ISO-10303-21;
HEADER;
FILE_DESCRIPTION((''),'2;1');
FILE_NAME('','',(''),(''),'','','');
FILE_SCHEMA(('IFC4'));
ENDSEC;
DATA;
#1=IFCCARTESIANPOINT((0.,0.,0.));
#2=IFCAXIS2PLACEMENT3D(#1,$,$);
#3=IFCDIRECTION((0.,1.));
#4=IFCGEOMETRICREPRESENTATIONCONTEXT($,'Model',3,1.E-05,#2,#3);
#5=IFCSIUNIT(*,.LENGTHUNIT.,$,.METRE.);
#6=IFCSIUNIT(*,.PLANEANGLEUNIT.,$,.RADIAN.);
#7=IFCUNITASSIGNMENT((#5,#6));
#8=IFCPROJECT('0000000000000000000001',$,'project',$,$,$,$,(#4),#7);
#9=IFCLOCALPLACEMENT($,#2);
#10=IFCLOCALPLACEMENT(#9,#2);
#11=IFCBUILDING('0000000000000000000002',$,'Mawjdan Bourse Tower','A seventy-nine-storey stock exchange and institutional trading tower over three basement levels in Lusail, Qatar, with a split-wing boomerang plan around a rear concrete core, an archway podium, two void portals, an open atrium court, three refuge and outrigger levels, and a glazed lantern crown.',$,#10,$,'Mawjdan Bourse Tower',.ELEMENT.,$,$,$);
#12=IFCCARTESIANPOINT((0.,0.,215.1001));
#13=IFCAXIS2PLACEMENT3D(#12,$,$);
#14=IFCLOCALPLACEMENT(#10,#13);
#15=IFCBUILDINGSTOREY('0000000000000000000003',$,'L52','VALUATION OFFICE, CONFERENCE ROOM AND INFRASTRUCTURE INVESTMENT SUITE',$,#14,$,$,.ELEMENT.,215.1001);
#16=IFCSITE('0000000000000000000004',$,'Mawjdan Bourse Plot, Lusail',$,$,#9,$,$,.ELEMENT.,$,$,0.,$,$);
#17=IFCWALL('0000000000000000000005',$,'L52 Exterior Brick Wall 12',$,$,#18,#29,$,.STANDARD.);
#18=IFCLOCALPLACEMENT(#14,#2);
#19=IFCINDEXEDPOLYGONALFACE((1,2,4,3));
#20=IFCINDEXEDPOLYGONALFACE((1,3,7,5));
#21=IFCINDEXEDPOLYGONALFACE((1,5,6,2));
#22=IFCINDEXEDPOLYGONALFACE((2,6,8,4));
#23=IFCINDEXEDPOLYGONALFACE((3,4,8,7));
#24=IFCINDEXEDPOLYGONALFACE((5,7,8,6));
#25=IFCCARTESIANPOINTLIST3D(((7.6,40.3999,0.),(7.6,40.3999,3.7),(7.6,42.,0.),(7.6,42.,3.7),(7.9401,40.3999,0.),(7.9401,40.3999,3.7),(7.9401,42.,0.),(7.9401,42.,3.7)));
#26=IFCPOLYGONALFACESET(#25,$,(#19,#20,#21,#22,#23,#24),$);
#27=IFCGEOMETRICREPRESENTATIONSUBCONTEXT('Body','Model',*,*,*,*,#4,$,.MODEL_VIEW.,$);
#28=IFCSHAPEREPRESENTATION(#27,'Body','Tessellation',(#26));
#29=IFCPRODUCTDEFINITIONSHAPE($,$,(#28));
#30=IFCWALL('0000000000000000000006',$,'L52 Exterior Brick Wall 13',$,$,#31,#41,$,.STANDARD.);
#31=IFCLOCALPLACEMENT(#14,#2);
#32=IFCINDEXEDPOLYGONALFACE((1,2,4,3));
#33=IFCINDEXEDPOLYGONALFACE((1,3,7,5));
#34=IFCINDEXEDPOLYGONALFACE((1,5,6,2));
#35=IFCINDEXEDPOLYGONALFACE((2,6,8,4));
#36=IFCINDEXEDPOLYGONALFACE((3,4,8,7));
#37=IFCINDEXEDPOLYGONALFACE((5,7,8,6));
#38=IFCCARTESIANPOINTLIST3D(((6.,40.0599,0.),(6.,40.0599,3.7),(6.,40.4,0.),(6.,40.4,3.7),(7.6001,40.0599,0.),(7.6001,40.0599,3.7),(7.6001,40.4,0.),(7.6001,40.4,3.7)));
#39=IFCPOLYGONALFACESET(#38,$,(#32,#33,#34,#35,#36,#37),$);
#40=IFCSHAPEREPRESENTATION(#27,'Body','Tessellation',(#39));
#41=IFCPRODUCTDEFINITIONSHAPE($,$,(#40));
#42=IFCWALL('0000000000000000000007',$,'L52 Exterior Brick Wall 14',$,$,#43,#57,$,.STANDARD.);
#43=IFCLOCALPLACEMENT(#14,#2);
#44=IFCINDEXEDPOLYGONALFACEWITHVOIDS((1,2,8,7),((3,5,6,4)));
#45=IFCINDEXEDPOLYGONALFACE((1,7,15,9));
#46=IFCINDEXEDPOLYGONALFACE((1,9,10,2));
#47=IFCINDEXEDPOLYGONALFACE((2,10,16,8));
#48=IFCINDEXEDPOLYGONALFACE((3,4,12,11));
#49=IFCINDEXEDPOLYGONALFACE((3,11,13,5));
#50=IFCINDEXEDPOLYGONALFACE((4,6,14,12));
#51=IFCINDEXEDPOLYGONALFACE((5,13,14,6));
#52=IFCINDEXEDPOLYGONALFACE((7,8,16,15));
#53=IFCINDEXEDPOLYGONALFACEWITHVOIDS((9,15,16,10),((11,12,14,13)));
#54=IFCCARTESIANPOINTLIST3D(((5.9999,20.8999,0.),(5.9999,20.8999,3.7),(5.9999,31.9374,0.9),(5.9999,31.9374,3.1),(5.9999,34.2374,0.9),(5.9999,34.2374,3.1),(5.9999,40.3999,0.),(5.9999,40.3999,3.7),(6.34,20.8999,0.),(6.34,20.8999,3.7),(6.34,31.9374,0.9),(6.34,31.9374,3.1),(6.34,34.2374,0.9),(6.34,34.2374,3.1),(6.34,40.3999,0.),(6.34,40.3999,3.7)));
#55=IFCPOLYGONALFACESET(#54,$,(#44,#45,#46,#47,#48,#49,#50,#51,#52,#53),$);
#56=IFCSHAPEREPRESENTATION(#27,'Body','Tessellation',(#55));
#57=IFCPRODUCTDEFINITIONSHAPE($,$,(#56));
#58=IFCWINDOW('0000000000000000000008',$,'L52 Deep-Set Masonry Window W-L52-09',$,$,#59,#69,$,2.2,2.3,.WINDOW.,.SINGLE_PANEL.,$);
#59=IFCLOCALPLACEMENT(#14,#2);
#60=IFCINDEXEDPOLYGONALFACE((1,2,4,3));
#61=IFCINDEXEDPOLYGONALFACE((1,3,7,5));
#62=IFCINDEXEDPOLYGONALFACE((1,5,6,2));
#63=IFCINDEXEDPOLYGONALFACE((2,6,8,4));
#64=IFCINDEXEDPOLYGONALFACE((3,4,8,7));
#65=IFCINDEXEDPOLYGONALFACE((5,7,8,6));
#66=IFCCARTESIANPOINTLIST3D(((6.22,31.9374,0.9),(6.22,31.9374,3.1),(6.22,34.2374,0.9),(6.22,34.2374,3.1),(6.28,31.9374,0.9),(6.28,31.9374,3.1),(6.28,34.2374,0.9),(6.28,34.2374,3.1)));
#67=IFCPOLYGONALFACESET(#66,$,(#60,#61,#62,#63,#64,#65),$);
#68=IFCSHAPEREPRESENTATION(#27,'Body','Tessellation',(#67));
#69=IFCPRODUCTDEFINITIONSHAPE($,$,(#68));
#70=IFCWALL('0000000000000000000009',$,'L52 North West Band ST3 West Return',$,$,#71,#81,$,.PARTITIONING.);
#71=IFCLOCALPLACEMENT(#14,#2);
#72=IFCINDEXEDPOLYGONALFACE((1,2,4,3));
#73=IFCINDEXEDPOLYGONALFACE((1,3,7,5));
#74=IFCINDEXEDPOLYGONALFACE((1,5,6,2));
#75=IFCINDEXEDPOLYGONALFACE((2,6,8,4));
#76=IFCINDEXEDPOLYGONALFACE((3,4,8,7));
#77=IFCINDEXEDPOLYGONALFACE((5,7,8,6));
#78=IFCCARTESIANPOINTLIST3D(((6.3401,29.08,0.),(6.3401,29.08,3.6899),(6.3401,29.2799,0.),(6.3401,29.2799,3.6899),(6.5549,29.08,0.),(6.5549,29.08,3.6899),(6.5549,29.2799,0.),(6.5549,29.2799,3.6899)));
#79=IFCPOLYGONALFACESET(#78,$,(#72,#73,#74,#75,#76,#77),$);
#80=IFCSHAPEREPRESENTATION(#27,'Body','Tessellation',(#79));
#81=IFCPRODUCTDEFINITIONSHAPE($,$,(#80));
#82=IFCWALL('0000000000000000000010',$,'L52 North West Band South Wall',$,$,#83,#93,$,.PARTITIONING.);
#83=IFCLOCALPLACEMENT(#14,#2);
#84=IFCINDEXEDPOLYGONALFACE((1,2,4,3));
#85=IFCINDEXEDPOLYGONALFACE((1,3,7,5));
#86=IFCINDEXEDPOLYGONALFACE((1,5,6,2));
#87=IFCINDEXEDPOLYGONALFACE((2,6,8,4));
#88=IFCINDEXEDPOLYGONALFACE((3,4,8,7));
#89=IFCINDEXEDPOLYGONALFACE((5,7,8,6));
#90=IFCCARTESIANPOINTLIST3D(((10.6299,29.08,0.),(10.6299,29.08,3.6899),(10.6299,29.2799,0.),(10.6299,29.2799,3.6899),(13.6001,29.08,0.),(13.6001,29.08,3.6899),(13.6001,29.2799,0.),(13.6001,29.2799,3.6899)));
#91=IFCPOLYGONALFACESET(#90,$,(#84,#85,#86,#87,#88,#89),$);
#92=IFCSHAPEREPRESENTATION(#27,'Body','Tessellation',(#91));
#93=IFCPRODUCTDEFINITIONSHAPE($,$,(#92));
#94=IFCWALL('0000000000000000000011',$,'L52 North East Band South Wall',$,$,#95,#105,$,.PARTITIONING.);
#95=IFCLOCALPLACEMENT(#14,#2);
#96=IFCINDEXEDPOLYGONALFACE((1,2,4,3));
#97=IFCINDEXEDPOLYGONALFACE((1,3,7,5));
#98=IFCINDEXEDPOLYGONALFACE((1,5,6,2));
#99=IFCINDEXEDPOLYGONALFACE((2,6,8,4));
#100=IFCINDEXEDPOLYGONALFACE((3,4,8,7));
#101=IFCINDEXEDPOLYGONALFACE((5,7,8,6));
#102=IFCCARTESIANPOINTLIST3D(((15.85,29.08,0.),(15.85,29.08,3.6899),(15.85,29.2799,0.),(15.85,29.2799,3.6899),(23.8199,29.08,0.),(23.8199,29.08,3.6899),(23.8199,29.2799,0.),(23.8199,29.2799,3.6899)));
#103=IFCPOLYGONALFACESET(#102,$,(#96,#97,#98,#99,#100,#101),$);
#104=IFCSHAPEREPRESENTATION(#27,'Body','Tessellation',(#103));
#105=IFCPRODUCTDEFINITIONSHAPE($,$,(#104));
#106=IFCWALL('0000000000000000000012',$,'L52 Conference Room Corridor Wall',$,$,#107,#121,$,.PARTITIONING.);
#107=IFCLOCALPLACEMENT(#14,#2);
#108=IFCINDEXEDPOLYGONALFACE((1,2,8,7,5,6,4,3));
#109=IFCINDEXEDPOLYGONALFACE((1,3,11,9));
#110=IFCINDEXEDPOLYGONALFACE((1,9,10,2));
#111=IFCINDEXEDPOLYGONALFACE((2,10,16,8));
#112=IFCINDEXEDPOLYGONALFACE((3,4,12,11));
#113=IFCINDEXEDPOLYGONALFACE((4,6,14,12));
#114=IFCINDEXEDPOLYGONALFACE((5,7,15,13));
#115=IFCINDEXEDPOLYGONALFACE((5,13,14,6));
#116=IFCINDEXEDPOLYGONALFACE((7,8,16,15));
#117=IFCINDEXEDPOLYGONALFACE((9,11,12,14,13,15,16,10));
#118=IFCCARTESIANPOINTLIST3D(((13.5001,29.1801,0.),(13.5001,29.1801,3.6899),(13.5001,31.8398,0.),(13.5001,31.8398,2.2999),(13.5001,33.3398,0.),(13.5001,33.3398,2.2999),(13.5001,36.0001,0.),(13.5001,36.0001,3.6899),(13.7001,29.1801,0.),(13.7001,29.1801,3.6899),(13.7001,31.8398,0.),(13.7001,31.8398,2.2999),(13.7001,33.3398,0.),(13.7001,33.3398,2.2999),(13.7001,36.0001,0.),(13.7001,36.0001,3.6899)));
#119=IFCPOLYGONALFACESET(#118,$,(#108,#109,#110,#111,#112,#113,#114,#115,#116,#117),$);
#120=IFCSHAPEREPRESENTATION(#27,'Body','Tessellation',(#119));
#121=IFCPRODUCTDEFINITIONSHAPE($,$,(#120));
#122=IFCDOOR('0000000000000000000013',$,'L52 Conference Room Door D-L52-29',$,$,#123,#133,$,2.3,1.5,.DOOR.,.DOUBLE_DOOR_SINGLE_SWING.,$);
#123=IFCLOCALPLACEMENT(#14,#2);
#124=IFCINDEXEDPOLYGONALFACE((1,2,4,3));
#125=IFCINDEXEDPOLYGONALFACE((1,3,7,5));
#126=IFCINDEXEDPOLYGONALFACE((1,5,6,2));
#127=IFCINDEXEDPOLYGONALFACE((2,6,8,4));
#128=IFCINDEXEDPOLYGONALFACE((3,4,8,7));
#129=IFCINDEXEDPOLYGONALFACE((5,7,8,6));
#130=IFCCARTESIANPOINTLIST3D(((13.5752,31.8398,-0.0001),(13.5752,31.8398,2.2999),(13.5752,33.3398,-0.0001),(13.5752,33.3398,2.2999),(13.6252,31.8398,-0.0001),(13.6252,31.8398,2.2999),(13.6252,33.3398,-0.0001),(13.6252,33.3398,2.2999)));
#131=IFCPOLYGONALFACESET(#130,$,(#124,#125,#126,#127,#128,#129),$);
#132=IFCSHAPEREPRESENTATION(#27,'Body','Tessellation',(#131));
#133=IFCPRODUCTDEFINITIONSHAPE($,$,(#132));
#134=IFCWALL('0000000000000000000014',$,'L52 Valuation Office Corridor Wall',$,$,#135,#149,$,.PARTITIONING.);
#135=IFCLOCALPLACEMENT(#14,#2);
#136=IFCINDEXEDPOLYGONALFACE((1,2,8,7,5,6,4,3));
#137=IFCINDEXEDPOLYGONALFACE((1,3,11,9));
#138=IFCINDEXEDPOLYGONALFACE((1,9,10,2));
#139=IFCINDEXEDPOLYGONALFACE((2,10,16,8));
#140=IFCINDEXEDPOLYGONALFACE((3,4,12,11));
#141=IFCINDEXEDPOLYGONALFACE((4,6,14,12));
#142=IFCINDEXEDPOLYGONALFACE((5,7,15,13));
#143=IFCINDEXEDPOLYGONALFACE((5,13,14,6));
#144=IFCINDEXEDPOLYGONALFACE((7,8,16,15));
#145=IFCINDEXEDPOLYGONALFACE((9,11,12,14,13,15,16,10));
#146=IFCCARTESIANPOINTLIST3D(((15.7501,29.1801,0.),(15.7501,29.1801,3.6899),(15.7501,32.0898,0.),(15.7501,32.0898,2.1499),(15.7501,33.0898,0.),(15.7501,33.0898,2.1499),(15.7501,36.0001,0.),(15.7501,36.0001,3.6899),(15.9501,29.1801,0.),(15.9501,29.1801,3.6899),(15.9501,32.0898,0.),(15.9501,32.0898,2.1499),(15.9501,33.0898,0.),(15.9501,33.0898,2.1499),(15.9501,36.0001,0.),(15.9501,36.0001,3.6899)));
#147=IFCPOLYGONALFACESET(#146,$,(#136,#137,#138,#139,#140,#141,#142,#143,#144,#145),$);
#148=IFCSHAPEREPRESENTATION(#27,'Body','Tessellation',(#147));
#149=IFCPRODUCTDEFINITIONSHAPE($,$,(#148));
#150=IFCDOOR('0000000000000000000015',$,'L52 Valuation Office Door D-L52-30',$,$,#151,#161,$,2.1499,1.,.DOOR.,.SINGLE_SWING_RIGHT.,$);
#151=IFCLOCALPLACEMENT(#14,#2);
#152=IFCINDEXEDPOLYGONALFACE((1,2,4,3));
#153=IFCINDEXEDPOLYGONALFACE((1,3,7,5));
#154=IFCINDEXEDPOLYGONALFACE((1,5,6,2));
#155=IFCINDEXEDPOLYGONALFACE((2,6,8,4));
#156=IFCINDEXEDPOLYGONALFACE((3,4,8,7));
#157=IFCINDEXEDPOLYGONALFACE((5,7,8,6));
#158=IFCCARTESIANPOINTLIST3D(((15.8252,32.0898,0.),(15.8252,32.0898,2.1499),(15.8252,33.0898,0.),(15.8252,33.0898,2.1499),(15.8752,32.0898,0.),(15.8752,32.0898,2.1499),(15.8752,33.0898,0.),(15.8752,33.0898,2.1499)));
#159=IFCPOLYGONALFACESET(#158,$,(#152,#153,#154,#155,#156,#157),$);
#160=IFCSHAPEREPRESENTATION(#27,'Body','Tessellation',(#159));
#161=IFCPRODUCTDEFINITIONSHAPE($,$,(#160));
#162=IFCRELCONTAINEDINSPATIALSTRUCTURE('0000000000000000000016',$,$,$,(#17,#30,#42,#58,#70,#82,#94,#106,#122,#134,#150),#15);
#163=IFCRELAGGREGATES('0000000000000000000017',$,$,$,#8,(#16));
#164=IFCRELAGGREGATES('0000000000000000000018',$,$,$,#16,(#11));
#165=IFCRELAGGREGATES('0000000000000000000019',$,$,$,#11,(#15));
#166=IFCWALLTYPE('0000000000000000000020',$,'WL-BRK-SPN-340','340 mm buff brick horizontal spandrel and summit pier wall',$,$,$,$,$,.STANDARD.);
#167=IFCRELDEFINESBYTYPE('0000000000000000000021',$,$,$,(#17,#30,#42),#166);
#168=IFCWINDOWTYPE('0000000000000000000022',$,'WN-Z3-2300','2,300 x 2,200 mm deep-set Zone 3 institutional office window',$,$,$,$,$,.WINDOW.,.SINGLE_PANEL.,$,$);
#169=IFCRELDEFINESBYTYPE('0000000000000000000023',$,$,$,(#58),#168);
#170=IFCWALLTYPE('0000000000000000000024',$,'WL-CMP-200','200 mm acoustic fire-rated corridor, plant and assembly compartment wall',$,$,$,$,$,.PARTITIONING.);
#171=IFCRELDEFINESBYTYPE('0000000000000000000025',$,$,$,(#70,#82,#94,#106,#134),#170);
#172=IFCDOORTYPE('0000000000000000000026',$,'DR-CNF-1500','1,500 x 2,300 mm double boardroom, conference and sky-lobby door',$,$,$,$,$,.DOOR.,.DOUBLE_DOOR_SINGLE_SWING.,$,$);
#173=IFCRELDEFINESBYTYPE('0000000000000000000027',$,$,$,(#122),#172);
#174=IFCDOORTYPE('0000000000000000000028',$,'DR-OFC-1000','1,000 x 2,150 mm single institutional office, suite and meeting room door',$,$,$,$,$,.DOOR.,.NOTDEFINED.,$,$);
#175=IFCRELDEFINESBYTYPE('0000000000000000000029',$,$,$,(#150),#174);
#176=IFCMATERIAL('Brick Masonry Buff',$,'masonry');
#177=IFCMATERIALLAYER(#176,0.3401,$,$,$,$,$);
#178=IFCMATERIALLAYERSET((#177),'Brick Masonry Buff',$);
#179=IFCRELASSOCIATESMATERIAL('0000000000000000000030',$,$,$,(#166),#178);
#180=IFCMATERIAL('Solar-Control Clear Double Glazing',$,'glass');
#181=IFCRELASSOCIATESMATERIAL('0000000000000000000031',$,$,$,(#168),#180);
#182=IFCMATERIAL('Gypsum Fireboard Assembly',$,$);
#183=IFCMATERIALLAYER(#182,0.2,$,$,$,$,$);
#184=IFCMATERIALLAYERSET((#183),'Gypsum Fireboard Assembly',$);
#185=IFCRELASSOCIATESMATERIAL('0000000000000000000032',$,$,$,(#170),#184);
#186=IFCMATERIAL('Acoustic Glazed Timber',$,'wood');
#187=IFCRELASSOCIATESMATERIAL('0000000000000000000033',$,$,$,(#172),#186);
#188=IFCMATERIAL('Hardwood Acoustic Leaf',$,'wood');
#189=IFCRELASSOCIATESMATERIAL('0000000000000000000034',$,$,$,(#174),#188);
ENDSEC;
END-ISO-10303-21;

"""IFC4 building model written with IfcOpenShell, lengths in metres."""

from ifc_helpers import new_model, si_unit, direction, frame, frame_2d, origin, place, context, subcontext, project, spatial, rectangle, extrude, material, layer, layer_set, type_object, element, fill, save


model = new_model("IFC4")

# Units and contexts
model_context = context("Model", 3, precision=1e-05, world=origin(), true_north=direction((0.0, 1.0)))
body_context = subcontext(model_context, "Body", "Model", "MODEL_VIEW")
ifc_project = project(units=[si_unit("LENGTHUNIT", "METRE"), si_unit("PLANEANGLEUNIT", "RADIAN")], contexts=[model_context])

# Site, building, storey
site_placement = place(None, origin())
site = spatial("IfcSite", under=ifc_project, at=site_placement, Name="Mawjdan Bourse Plot, Lusail", CompositionType="ELEMENT", RefElevation=0.0)
building_placement = place(site_placement, origin())
building = spatial("IfcBuilding", under=site, at=building_placement, Name="Mawjdan Bourse Tower", Description="A seventy-nine-storey stock exchange and institutional trading tower over three basement levels in Lusail, Qatar, with a split-wing boomerang plan around a rear concrete core, an archway podium, two void portals, an open atrium court, three refuge and outrigger levels, and a glazed lantern crown.", LongName="Mawjdan Bourse Tower", CompositionType="ELEMENT")
storey_placement = place(building_placement, frame((0.0, 0.0, 215.1001)))
storey = spatial("IfcBuildingStorey", under=building, at=storey_placement, Name="L52", Description="VALUATION OFFICE, CONFERENCE ROOM AND INFRASTRUCTURE INVESTMENT SUITE", CompositionType="ELEMENT", Elevation=215.1001)

# Walls
ifc_material_1 = material(Name="Brick Masonry Buff", Category="masonry")
ifc_layer_1 = layer(ifc_material_1, 0.3401)
ifc_layer_set_1 = layer_set([ifc_layer_1], Name="Brick Masonry Buff")
wall_type_1 = type_object("IfcWallType", Name="WL-BRK-SPN-340", Description="340 mm buff brick horizontal spandrel and summit pier wall", PredefinedType="STANDARD", material=ifc_layer_set_1)
for number, where, z_axis, x_axis, name in (
    (1, (7.77, 42.0, 0.0), (0.0, 0.0, 1.0), (0.0, -1.0, 0.0), "L52 Exterior Brick Wall 12"),
    (2, (7.6001, 40.23, 0.0), (0.0, 0.0, 1.0), (-1.0, 0.0, 0.0), "L52 Exterior Brick Wall 13"),
):
    element("IfcWall", number, at=place(storey_placement, frame(where, z_axis=z_axis, x_axis=x_axis)), inside=storey, type_object=wall_type_1, Name=name, PredefinedType="STANDARD", context=body_context, shape_type="SweptSolid", body=[
        extrude(rectangle(XDim=1.6001, YDim=0.3401, at=frame_2d((0.8, 0.0))), origin(), (0.0, 0.0, 1.0), 3.7),
    ])

# Wall, opening, window
wall_1_placement = place(storey_placement, frame((6.1699, 40.3999, 0.0), z_axis=(0.0, 0.0, 1.0), x_axis=(0.0, -1.0, 0.0)))
wall_1 = element("IfcWall", 3, at=wall_1_placement, inside=storey, type_object=wall_type_1, Name="L52 Exterior Brick Wall 14", PredefinedType="STANDARD", context=body_context, shape_type="SweptSolid", body=[
    extrude(rectangle(XDim=19.5, YDim=0.3401, at=frame_2d((9.75, 0.0))), origin(), (0.0, 0.0, 1.0), 3.7),
])
opening_1_placement = place(wall_1_placement, frame((6.1626, 0.0, 0.8999)))
opening_1 = element("IfcOpeningElement", 4, at=opening_1_placement, cuts=wall_1, PredefinedType="OPENING", context=body_context, shape_type="SweptSolid", body=[
    extrude(rectangle(XDim=2.3, YDim=2.2, at=frame_2d((1.1499, 1.1001))), frame((0.0, 0.1802, 0.0), z_axis=(0.0, -1.0, 0.0), x_axis=(1.0, 0.0, 0.0)), (0.0, 0.0, 1.0), 0.3601),
])
ifc_material_2 = material(Name="Solar-Control Clear Double Glazing", Category="glass")
window_type = type_object("IfcWindowType", Name="WN-Z3-2300", Description="2,300 x 2,200 mm deep-set Zone 3 institutional office window", PartitioningType="SINGLE_PANEL", PredefinedType="WINDOW", material=ifc_material_2)
window_placement = place(opening_1_placement, origin())
window = element("IfcWindow", 5, at=window_placement, inside=storey, type_object=window_type, Name="L52 Deep-Set Masonry Window W-L52-09", OverallHeight=2.2, OverallWidth=2.3, PartitioningType="SINGLE_PANEL", PredefinedType="WINDOW", context=body_context, shape_type="SweptSolid", body=[
    extrude(rectangle(XDim=2.3, YDim=2.2, at=frame_2d((1.1499, 1.1001))), frame((0.0, 0.1101, 0.0), z_axis=(0.0, -1.0, 0.0), x_axis=(1.0, 0.0, 0.0)), (0.0, 0.0, 1.0), 0.0601),
])
fill(opening_1, window)

# Walls
ifc_material_3 = material(Name="Gypsum Fireboard Assembly")
ifc_layer_2 = layer(ifc_material_3, 0.2)
ifc_layer_set_2 = layer_set([ifc_layer_2], Name="Gypsum Fireboard Assembly")
wall_type_2 = type_object("IfcWallType", Name="WL-CMP-200", Description="200 mm acoustic fire-rated corridor, plant and assembly compartment wall", PredefinedType="PARTITIONING", material=ifc_layer_set_2)
wall_2_placement = place(storey_placement, frame((6.3401, 29.1799, 0.0), z_axis=(0.0, 0.0, 1.0), x_axis=(1.0, 0.0, 0.0)))
element("IfcWall", 6, at=wall_2_placement, inside=storey, type_object=wall_type_2, Name="L52 North West Band ST3 West Return", PredefinedType="PARTITIONING", context=body_context, shape_type="SweptSolid", body=[
    extrude(rectangle(XDim=0.2148, YDim=0.2, at=frame_2d((0.1074, 0.0))), origin(), (0.0, 0.0, 1.0), 3.6899),
])
wall_3_placement = place(storey_placement, frame((10.6299, 29.1799, 0.0), z_axis=(0.0, 0.0, 1.0), x_axis=(1.0, 0.0, 0.0)))
element("IfcWall", 7, at=wall_3_placement, inside=storey, type_object=wall_type_2, Name="L52 North West Band South Wall", PredefinedType="PARTITIONING", context=body_context, shape_type="SweptSolid", body=[
    extrude(rectangle(XDim=2.9702, YDim=0.2, at=frame_2d((1.4851, 0.0))), origin(), (0.0, 0.0, 1.0), 3.6899),
])
wall_4_placement = place(storey_placement, frame((15.8501, 29.1799, 0.0), z_axis=(0.0, 0.0, 1.0), x_axis=(1.0, 0.0, 0.0)))
element("IfcWall", 8, at=wall_4_placement, inside=storey, type_object=wall_type_2, Name="L52 North East Band South Wall", PredefinedType="PARTITIONING", context=body_context, shape_type="SweptSolid", body=[
    extrude(rectangle(XDim=7.97, YDim=0.2, at=frame_2d((3.9849, 0.0))), origin(), (0.0, 0.0, 1.0), 3.6899),
])

# Walls, openings, doors
wall_5_placement = place(storey_placement, frame((13.6001, 29.1799, 0.0), z_axis=(0.0, 0.0, 1.0), x_axis=(0.0, 1.0, 0.0)))
wall_5 = element("IfcWall", 9, at=wall_5_placement, inside=storey, type_object=wall_type_2, Name="L52 Conference Room Corridor Wall", PredefinedType="PARTITIONING", context=body_context, shape_type="SweptSolid", body=[
    extrude(rectangle(XDim=6.8201, YDim=0.2, at=frame_2d((3.4102, 0.0))), origin(), (0.0, 0.0, 1.0), 3.6899),
])
opening_2_placement = place(wall_5_placement, frame((2.6599, 0.0, 0.0)))
opening_2 = element("IfcOpeningElement", 10, at=opening_2_placement, cuts=wall_5, PredefinedType="OPENING", context=body_context, shape_type="SweptSolid", body=[
    extrude(rectangle(XDim=1.5, YDim=2.3, at=frame_2d((0.75, 1.1499))), frame((0.0, 0.1099, 0.0), z_axis=(0.0, -1.0, 0.0), x_axis=(1.0, 0.0, 0.0)), (0.0, 0.0, 1.0), 0.22),
])
ifc_material_4 = material(Name="Acoustic Glazed Timber", Category="wood")
door_type_1 = type_object("IfcDoorType", Name="DR-CNF-1500", Description="1,500 x 2,300 mm double boardroom, conference and sky-lobby door", OperationType="DOUBLE_DOOR_SINGLE_SWING", PredefinedType="DOOR", material=ifc_material_4)
door_1_placement = place(opening_2_placement, origin())
door_1 = element("IfcDoor", 11, at=door_1_placement, inside=storey, type_object=door_type_1, Name="L52 Conference Room Door D-L52-29", OperationType="DOUBLE_DOOR_SINGLE_SWING", OverallHeight=2.3, OverallWidth=1.5, PredefinedType="DOOR", context=body_context, shape_type="SweptSolid", body=[
    extrude(rectangle(XDim=1.5, YDim=2.3, at=frame_2d((0.75, 1.1499))), frame((0.0, 0.0249, 0.0), z_axis=(0.0, -1.0, 0.0), x_axis=(1.0, 0.0, 0.0)), (0.0, 0.0, 1.0), 0.05),
])
fill(opening_2, door_1)
wall_6_placement = place(storey_placement, frame((15.8501, 29.1799, 0.0), z_axis=(0.0, 0.0, 1.0), x_axis=(0.0, 1.0, 0.0)))
wall_6 = element("IfcWall", 12, at=wall_6_placement, inside=storey, type_object=wall_type_2, Name="L52 Valuation Office Corridor Wall", PredefinedType="PARTITIONING", context=body_context, shape_type="SweptSolid", body=[
    extrude(rectangle(XDim=6.8201, YDim=0.2, at=frame_2d((3.4102, 0.0))), origin(), (0.0, 0.0, 1.0), 3.6899),
])
opening_3_placement = place(wall_6_placement, frame((2.9099, 0.0, 0.0)))
opening_3 = element("IfcOpeningElement", 13, at=opening_3_placement, cuts=wall_6, PredefinedType="OPENING", context=body_context, shape_type="SweptSolid", body=[
    extrude(rectangle(XDim=1.0, YDim=2.1499, at=frame_2d((0.5, 1.075))), frame((0.0, 0.1099, 0.0), z_axis=(0.0, -1.0, 0.0), x_axis=(1.0, 0.0, 0.0)), (0.0, 0.0, 1.0), 0.22),
])
ifc_material_5 = material(Name="Hardwood Acoustic Leaf", Category="wood")
door_type_2 = type_object("IfcDoorType", Name="DR-OFC-1000", Description="1,000 x 2,150 mm single institutional office, suite and meeting room door", OperationType="NOTDEFINED", PredefinedType="DOOR", material=ifc_material_5)
door_2_placement = place(opening_3_placement, origin())
door_2 = element("IfcDoor", 14, at=door_2_placement, inside=storey, type_object=door_type_2, Name="L52 Valuation Office Door D-L52-30", OperationType="SINGLE_SWING_RIGHT", OverallHeight=2.1499, OverallWidth=1.0, PredefinedType="DOOR", context=body_context, shape_type="SweptSolid", body=[
    extrude(rectangle(XDim=1.0, YDim=2.1499, at=frame_2d((0.5, 1.075))), frame((0.0, 0.0249, 0.0), z_axis=(0.0, -1.0, 0.0), x_axis=(1.0, 0.0, 0.0)), (0.0, 0.0, 1.0), 0.05),
])
fill(opening_3, door_2)

save(model, "model.ifc")
